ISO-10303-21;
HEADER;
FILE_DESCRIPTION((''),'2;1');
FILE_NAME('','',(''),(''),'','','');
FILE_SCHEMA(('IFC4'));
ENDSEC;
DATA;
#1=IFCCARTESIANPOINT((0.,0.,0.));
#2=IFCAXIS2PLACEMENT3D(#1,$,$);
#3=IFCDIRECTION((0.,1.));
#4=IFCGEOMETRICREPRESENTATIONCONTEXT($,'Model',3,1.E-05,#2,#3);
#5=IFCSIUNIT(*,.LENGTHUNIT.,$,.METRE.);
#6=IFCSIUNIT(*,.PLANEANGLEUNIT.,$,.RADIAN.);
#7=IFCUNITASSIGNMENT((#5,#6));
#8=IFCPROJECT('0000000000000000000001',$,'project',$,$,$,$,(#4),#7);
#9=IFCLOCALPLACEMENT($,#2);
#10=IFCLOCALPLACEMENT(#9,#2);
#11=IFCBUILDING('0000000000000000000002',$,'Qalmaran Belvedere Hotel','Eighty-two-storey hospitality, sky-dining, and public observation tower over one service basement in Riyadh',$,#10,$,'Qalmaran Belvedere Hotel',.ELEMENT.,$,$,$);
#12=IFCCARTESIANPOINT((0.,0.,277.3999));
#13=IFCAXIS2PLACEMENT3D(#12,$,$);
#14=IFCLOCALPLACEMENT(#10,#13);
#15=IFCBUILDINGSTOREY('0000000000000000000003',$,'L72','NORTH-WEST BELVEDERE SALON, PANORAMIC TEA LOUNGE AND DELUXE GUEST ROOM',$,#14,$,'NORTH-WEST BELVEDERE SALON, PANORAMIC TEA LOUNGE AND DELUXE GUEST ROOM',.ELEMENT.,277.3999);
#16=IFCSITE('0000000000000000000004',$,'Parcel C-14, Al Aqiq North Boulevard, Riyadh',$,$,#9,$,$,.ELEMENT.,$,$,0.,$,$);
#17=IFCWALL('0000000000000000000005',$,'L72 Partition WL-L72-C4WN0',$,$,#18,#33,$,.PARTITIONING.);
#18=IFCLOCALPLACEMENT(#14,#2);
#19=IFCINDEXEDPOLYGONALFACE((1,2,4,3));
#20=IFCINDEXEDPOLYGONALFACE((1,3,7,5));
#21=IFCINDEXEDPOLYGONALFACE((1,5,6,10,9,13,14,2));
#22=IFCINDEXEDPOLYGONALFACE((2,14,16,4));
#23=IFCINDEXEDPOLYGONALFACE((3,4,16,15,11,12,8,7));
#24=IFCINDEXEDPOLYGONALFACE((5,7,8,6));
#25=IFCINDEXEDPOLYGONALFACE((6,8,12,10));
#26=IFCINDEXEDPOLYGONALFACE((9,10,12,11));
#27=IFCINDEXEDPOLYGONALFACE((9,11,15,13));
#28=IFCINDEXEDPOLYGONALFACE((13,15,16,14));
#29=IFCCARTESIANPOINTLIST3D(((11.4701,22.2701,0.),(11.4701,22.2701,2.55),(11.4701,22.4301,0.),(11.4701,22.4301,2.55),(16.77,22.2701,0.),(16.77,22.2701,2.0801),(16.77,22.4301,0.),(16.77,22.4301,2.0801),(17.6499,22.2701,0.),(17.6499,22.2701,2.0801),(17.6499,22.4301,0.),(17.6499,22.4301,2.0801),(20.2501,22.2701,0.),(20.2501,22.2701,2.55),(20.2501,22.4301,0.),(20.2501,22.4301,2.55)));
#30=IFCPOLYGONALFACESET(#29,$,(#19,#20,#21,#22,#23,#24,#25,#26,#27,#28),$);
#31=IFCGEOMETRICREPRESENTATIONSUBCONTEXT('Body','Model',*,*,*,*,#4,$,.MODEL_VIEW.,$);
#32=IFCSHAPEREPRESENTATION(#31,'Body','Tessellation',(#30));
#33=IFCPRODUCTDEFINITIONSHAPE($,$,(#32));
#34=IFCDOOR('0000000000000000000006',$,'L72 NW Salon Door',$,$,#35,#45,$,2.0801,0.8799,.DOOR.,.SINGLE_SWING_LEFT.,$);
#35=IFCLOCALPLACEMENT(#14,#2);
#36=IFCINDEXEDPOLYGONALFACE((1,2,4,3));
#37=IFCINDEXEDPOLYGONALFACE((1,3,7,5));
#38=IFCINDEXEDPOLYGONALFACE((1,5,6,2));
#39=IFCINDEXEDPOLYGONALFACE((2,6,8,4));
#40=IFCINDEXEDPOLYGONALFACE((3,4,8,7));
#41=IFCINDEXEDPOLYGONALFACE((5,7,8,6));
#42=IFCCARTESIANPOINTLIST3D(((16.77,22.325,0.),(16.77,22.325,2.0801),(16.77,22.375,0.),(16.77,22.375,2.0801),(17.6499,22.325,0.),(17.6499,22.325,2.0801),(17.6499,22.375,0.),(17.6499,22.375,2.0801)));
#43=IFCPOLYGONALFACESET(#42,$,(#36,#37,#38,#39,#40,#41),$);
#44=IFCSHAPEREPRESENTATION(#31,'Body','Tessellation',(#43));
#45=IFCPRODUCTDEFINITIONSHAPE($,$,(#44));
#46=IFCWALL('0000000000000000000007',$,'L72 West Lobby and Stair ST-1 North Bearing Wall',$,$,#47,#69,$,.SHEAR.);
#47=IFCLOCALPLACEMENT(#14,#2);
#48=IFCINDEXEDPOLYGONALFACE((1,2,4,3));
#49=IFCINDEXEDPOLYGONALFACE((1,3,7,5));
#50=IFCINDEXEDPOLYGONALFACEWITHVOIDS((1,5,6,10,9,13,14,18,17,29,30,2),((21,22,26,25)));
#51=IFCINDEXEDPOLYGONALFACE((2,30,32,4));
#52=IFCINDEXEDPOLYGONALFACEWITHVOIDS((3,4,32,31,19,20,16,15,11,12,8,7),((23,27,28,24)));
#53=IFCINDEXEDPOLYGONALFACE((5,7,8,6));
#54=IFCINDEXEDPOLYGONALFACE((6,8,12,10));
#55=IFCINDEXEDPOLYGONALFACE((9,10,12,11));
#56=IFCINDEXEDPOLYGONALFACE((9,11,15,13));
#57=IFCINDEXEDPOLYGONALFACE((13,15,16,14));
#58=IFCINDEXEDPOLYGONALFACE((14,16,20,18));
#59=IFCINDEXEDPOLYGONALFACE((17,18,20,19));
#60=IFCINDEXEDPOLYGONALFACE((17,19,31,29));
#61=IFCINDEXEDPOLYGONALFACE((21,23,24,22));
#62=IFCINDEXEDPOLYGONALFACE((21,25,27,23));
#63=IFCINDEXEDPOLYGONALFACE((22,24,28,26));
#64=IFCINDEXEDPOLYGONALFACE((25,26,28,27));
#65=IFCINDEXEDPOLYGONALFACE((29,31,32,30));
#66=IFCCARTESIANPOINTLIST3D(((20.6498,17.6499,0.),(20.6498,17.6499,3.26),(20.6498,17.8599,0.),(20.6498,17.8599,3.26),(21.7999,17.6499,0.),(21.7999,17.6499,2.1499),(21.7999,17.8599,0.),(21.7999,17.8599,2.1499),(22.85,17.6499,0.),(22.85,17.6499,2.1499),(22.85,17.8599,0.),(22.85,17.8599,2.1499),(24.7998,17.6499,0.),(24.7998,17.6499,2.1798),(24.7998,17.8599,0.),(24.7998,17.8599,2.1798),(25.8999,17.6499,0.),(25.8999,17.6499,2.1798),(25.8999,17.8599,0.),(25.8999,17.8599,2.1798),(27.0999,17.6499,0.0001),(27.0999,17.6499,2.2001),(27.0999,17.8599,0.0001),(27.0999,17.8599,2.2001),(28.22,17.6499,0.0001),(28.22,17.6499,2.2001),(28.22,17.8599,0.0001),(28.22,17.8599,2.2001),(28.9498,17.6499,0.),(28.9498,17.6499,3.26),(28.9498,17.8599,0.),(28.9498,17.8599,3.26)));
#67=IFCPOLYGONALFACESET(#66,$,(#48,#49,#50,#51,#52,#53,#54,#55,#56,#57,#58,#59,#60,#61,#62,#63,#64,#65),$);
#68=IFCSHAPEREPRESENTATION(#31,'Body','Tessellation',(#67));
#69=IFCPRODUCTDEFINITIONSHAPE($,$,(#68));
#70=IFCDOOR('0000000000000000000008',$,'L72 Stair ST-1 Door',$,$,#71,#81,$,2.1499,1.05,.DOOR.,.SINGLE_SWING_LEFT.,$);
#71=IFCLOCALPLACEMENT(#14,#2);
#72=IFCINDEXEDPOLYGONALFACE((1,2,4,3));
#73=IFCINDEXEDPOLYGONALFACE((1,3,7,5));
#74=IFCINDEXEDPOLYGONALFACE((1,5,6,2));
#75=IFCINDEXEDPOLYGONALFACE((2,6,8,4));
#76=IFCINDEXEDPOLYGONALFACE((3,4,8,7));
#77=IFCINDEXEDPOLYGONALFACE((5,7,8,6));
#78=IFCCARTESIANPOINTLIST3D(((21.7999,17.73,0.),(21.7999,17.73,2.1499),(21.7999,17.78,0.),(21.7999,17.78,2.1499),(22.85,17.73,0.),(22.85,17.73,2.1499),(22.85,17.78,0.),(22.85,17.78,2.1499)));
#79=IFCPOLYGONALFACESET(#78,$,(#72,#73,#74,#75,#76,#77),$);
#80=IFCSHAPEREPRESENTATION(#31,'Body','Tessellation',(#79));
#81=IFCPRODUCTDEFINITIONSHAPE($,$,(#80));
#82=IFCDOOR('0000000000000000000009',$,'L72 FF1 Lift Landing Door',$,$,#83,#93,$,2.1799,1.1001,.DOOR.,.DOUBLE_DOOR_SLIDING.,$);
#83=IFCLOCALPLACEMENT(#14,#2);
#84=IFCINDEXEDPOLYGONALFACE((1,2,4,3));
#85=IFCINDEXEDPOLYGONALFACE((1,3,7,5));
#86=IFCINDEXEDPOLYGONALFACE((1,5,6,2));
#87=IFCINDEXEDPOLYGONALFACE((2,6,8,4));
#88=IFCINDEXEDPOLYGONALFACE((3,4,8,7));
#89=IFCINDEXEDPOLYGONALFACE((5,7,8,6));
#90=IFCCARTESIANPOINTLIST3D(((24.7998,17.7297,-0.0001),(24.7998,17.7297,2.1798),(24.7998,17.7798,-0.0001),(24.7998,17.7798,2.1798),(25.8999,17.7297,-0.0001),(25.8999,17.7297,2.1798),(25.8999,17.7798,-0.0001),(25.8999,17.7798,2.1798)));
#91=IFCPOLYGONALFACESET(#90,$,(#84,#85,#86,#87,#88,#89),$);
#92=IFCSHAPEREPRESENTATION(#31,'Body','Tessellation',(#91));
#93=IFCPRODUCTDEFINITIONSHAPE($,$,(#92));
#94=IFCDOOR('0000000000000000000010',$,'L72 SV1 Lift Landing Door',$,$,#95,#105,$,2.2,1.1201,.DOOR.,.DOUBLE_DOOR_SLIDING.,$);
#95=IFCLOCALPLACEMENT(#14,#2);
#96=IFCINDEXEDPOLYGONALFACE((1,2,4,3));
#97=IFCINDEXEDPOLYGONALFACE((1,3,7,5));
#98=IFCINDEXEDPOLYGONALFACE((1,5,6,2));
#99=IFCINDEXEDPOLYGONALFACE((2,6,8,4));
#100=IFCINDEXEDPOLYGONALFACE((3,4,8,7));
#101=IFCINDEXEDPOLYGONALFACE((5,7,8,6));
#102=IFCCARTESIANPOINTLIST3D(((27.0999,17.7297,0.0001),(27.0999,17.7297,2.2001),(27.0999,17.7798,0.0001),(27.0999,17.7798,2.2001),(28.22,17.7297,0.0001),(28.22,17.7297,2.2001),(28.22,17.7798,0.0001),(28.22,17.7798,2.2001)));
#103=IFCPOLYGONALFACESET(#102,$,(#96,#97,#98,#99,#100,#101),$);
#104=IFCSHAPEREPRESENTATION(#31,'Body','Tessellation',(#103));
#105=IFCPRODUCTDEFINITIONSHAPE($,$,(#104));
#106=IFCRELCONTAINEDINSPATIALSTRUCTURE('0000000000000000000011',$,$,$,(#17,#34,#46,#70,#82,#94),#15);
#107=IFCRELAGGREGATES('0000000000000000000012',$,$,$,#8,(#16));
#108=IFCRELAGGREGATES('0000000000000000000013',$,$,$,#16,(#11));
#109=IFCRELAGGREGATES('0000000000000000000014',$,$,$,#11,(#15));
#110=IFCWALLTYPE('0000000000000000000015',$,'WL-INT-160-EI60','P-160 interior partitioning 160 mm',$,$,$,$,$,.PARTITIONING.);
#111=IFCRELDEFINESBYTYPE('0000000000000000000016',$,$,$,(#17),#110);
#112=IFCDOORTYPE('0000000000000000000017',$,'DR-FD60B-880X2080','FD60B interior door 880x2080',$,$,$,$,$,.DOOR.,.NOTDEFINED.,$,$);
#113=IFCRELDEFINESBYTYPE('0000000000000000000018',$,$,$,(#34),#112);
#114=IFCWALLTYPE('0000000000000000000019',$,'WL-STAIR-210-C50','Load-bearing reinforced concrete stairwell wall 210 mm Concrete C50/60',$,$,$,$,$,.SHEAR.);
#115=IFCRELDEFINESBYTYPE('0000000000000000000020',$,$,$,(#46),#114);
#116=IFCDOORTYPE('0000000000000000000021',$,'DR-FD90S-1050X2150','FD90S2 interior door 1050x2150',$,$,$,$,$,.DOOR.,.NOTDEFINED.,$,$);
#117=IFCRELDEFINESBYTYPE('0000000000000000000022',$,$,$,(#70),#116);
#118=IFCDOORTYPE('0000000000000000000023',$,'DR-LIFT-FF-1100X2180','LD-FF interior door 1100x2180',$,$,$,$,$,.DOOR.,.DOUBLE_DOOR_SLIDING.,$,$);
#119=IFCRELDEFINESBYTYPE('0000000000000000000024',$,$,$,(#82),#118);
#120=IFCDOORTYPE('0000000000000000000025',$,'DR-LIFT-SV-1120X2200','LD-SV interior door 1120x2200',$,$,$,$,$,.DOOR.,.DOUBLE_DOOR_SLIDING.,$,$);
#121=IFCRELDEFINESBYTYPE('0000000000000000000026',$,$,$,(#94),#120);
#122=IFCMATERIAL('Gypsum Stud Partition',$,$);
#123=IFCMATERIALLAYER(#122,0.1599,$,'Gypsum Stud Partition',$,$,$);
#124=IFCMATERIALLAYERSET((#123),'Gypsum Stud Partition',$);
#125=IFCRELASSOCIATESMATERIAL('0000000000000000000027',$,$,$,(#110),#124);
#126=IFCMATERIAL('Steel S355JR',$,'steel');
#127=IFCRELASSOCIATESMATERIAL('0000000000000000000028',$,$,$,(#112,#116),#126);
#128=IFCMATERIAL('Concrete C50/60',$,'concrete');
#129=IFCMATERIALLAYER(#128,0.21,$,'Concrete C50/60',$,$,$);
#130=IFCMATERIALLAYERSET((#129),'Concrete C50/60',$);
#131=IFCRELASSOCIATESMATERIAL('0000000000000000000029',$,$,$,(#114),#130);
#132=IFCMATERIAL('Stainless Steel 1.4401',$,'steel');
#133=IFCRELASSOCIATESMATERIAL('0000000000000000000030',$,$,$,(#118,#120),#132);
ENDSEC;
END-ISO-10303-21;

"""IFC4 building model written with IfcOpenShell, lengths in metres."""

from ifc_helpers import new_model, si_unit, direction, frame, frame_2d, origin, place, context, subcontext, project, spatial, rectangle, extrude, material, layer, layer_set, type_object, element, fill, save


model = new_model("IFC4")

# Units and contexts
model_context = context("Model", 3, precision=1e-05, world=origin(), true_north=direction((0.0, 1.0)))
body_context = subcontext(model_context, "Body", "Model", "MODEL_VIEW")
ifc_project = project(units=[si_unit("LENGTHUNIT", "METRE"), si_unit("PLANEANGLEUNIT", "RADIAN")], contexts=[model_context])

# Site, building, storey
site_placement = place(None, origin())
site = spatial("IfcSite", under=ifc_project, at=site_placement, Name="Parcel C-14, Al Aqiq North Boulevard, Riyadh", CompositionType="ELEMENT", RefElevation=0.0)
building_placement = place(site_placement, origin())
building = spatial("IfcBuilding", under=site, at=building_placement, Name="Qalmaran Belvedere Hotel", Description="Eighty-two-storey hospitality, sky-dining, and public observation tower over one service basement in Riyadh", LongName="Qalmaran Belvedere Hotel", CompositionType="ELEMENT")
storey_placement = place(building_placement, frame((0.0, 0.0, 277.3999)))
storey = spatial("IfcBuildingStorey", under=building, at=storey_placement, Name="L72", Description="NORTH-WEST BELVEDERE SALON, PANORAMIC TEA LOUNGE AND DELUXE GUEST ROOM", LongName="NORTH-WEST BELVEDERE SALON, PANORAMIC TEA LOUNGE AND DELUXE GUEST ROOM", CompositionType="ELEMENT", Elevation=277.3999)

# Shared definitions
ifc_material_1 = material(Name="Concrete C50/60", Category="concrete")

# Shared definitions
ifc_material_2 = material(Name="Steel S355JR", Category="steel")

# Shared definitions
ifc_material_3 = material(Name="Gypsum Stud Partition")
ifc_layer_1 = layer(ifc_material_3, 0.1599, Name="Gypsum Stud Partition")
ifc_layer_set_1 = layer_set([ifc_layer_1], Name="Gypsum Stud Partition")
wall_type_1 = type_object("IfcWallType", Name="WL-INT-160-EI60", Description="P-160 interior partitioning 160 mm", PredefinedType="PARTITIONING", material=ifc_layer_set_1)

# Shared definitions
door_type_1 = type_object("IfcDoorType", Name="DR-FD60B-880X2080", Description="FD60B interior door 880x2080", OperationType="NOTDEFINED", PredefinedType="DOOR", material=ifc_material_2)

# Wall, opening, door
wall_1_placement = place(storey_placement, frame((11.47, 22.3501, 0.0), z_axis=(0.0, 0.0, 1.0), x_axis=(1.0, 0.0, 0.0)))
wall_1 = element("IfcWall", 1, at=wall_1_placement, inside=storey, type_object=wall_type_1, Name="L72 Partition WL-L72-C4WN0", PredefinedType="PARTITIONING", context=body_context, shape_type="SweptSolid", body=[
    extrude(rectangle(XDim=8.78, YDim=0.1599, at=frame_2d((4.3901, 0.0))), origin(), (0.0, 0.0, 1.0), 2.55),
])
opening_1_placement = place(wall_1_placement, frame((5.3, 0.0, 0.0)))
opening_1 = element("IfcOpeningElement", 2, at=opening_1_placement, cuts=wall_1, PredefinedType="OPENING", context=body_context, shape_type="SweptSolid", body=[
    extrude(rectangle(XDim=0.8799, YDim=2.0801, at=frame_2d((0.4399, 1.04))), frame((0.0, 0.0898, 0.0), z_axis=(0.0, -1.0, 0.0), x_axis=(1.0, 0.0, 0.0)), (0.0, 0.0, 1.0), 0.1799),
])
door_1_placement = place(opening_1_placement, origin())
door_1 = element("IfcDoor", 3, at=door_1_placement, inside=storey, type_object=door_type_1, Name="L72 NW Salon Door", OperationType="SINGLE_SWING_LEFT", OverallHeight=2.0801, OverallWidth=0.8799, PredefinedType="DOOR", context=body_context, shape_type="SweptSolid", body=[
    extrude(rectangle(XDim=0.8799, YDim=2.0801, at=frame_2d((0.4399, 1.04))), frame((0.0, 0.0249, 0.0), z_axis=(0.0, -1.0, 0.0), x_axis=(1.0, 0.0, 0.0)), (0.0, 0.0, 1.0), 0.05),
])
fill(opening_1, door_1)

# Wall, openings, doors
ifc_layer_2 = layer(ifc_material_1, 0.21, Name="Concrete C50/60")
ifc_layer_set_2 = layer_set([ifc_layer_2], Name="Concrete C50/60")
wall_type_2 = type_object("IfcWallType", Name="WL-STAIR-210-C50", Description="Load-bearing reinforced concrete stairwell wall 210 mm Concrete C50/60", PredefinedType="SHEAR", material=ifc_layer_set_2)
wall_2_placement = place(storey_placement, frame((20.6499, 17.7549, 0.0), z_axis=(0.0, 0.0, 1.0), x_axis=(1.0, 0.0, 0.0)))
wall_2 = element("IfcWall", 4, at=wall_2_placement, inside=storey, type_object=wall_type_2, Name="L72 West Lobby and Stair ST-1 North Bearing Wall", PredefinedType="SHEAR", context=body_context, shape_type="SweptSolid", body=[
    extrude(rectangle(XDim=8.3, YDim=0.21, at=frame_2d((4.1499, 0.0))), origin(), (0.0, 0.0, 1.0), 3.26),
])
opening_2_placement = place(wall_2_placement, frame((2.2, 0.0, 0.0), z_axis=(0.0, 0.0, 1.0), x_axis=(-1.0, 0.0, 0.0)))
opening_2 = element("IfcOpeningElement", 5, at=opening_2_placement, cuts=wall_2, PredefinedType="OPENING", context=body_context, shape_type="SweptSolid", body=[
    extrude(rectangle(XDim=1.05, YDim=2.1499, at=frame_2d((0.5249, 1.075))), frame((0.0, 0.115, 0.0), z_axis=(0.0, -1.0, 0.0), x_axis=(1.0, 0.0, 0.0)), (0.0, 0.0, 1.0), 0.23),
])
opening_3_placement = place(wall_2_placement, frame((4.1499, 0.0, 0.0)))
opening_3 = element("IfcOpeningElement", 6, at=opening_3_placement, cuts=wall_2, PredefinedType="OPENING", context=body_context, shape_type="SweptSolid", body=[
    extrude(rectangle(XDim=1.1001, YDim=2.1799, at=frame_2d((0.55, 1.0898))), frame((0.0, 0.115, 0.0), z_axis=(0.0, -1.0, 0.0), x_axis=(1.0, 0.0, 0.0)), (0.0, 0.0, 1.0), 0.23),
])
opening_4_placement = place(wall_2_placement, frame((6.45, 0.0, 0.0)))
opening_4 = element("IfcOpeningElement", 7, at=opening_4_placement, cuts=wall_2, PredefinedType="OPENING", context=body_context, shape_type="SweptSolid", body=[
    extrude(rectangle(XDim=1.1201, YDim=2.2, at=frame_2d((0.5601, 1.1001))), frame((0.0, 0.115, 0.0), z_axis=(0.0, -1.0, 0.0), x_axis=(1.0, 0.0, 0.0)), (0.0, 0.0, 1.0), 0.23),
])
door_type_2 = type_object("IfcDoorType", Name="DR-FD90S-1050X2150", Description="FD90S2 interior door 1050x2150", OperationType="NOTDEFINED", PredefinedType="DOOR", material=ifc_material_2)
door_2_placement = place(opening_2_placement, origin())
door_2 = element("IfcDoor", 8, at=door_2_placement, inside=storey, type_object=door_type_2, Name="L72 Stair ST-1 Door", OperationType="SINGLE_SWING_LEFT", OverallHeight=2.1499, OverallWidth=1.05, PredefinedType="DOOR", context=body_context, shape_type="SweptSolid", body=[
    extrude(rectangle(XDim=1.05, YDim=2.1499, at=frame_2d((0.5249, 1.075))), frame((0.0, 0.0249, 0.0), z_axis=(0.0, -1.0, 0.0), x_axis=(1.0, 0.0, 0.0)), (0.0, 0.0, 1.0), 0.05),
])
fill(opening_2, door_2)
ifc_material_4 = material(Name="Stainless Steel 1.4401", Category="steel")
door_type_3 = type_object("IfcDoorType", Name="DR-LIFT-FF-1100X2180", Description="LD-FF interior door 1100x2180", OperationType="DOUBLE_DOOR_SLIDING", PredefinedType="DOOR", material=ifc_material_4)
door_3_placement = place(opening_3_placement, origin())
door_3 = element("IfcDoor", 9, at=door_3_placement, inside=storey, type_object=door_type_3, Name="L72 FF1 Lift Landing Door", OperationType="DOUBLE_DOOR_SLIDING", OverallHeight=2.1799, OverallWidth=1.1001, PredefinedType="DOOR", context=body_context, shape_type="SweptSolid", body=[
    extrude(rectangle(XDim=1.1001, YDim=2.1799, at=frame_2d((0.55, 1.0898))), frame((0.0, 0.0249, 0.0), z_axis=(0.0, -1.0, 0.0), x_axis=(1.0, 0.0, 0.0)), (0.0, 0.0, 1.0), 0.05),
])
fill(opening_3, door_3)
door_type_4 = type_object("IfcDoorType", Name="DR-LIFT-SV-1120X2200", Description="LD-SV interior door 1120x2200", OperationType="DOUBLE_DOOR_SLIDING", PredefinedType="DOOR", material=ifc_material_4)
door_4_placement = place(opening_4_placement, origin())
door_4 = element("IfcDoor", 10, at=door_4_placement, inside=storey, type_object=door_type_4, Name="L72 SV1 Lift Landing Door", OperationType="DOUBLE_DOOR_SLIDING", OverallHeight=2.2, OverallWidth=1.1201, PredefinedType="DOOR", context=body_context, shape_type="SweptSolid", body=[
    extrude(rectangle(XDim=1.1201, YDim=2.2, at=frame_2d((0.5601, 1.1001))), frame((0.0, 0.0249, 0.0), z_axis=(0.0, -1.0, 0.0), x_axis=(1.0, 0.0, 0.0)), (0.0, 0.0, 1.0), 0.05),
])
fill(opening_4, door_4)

save(model, "model.ifc")
